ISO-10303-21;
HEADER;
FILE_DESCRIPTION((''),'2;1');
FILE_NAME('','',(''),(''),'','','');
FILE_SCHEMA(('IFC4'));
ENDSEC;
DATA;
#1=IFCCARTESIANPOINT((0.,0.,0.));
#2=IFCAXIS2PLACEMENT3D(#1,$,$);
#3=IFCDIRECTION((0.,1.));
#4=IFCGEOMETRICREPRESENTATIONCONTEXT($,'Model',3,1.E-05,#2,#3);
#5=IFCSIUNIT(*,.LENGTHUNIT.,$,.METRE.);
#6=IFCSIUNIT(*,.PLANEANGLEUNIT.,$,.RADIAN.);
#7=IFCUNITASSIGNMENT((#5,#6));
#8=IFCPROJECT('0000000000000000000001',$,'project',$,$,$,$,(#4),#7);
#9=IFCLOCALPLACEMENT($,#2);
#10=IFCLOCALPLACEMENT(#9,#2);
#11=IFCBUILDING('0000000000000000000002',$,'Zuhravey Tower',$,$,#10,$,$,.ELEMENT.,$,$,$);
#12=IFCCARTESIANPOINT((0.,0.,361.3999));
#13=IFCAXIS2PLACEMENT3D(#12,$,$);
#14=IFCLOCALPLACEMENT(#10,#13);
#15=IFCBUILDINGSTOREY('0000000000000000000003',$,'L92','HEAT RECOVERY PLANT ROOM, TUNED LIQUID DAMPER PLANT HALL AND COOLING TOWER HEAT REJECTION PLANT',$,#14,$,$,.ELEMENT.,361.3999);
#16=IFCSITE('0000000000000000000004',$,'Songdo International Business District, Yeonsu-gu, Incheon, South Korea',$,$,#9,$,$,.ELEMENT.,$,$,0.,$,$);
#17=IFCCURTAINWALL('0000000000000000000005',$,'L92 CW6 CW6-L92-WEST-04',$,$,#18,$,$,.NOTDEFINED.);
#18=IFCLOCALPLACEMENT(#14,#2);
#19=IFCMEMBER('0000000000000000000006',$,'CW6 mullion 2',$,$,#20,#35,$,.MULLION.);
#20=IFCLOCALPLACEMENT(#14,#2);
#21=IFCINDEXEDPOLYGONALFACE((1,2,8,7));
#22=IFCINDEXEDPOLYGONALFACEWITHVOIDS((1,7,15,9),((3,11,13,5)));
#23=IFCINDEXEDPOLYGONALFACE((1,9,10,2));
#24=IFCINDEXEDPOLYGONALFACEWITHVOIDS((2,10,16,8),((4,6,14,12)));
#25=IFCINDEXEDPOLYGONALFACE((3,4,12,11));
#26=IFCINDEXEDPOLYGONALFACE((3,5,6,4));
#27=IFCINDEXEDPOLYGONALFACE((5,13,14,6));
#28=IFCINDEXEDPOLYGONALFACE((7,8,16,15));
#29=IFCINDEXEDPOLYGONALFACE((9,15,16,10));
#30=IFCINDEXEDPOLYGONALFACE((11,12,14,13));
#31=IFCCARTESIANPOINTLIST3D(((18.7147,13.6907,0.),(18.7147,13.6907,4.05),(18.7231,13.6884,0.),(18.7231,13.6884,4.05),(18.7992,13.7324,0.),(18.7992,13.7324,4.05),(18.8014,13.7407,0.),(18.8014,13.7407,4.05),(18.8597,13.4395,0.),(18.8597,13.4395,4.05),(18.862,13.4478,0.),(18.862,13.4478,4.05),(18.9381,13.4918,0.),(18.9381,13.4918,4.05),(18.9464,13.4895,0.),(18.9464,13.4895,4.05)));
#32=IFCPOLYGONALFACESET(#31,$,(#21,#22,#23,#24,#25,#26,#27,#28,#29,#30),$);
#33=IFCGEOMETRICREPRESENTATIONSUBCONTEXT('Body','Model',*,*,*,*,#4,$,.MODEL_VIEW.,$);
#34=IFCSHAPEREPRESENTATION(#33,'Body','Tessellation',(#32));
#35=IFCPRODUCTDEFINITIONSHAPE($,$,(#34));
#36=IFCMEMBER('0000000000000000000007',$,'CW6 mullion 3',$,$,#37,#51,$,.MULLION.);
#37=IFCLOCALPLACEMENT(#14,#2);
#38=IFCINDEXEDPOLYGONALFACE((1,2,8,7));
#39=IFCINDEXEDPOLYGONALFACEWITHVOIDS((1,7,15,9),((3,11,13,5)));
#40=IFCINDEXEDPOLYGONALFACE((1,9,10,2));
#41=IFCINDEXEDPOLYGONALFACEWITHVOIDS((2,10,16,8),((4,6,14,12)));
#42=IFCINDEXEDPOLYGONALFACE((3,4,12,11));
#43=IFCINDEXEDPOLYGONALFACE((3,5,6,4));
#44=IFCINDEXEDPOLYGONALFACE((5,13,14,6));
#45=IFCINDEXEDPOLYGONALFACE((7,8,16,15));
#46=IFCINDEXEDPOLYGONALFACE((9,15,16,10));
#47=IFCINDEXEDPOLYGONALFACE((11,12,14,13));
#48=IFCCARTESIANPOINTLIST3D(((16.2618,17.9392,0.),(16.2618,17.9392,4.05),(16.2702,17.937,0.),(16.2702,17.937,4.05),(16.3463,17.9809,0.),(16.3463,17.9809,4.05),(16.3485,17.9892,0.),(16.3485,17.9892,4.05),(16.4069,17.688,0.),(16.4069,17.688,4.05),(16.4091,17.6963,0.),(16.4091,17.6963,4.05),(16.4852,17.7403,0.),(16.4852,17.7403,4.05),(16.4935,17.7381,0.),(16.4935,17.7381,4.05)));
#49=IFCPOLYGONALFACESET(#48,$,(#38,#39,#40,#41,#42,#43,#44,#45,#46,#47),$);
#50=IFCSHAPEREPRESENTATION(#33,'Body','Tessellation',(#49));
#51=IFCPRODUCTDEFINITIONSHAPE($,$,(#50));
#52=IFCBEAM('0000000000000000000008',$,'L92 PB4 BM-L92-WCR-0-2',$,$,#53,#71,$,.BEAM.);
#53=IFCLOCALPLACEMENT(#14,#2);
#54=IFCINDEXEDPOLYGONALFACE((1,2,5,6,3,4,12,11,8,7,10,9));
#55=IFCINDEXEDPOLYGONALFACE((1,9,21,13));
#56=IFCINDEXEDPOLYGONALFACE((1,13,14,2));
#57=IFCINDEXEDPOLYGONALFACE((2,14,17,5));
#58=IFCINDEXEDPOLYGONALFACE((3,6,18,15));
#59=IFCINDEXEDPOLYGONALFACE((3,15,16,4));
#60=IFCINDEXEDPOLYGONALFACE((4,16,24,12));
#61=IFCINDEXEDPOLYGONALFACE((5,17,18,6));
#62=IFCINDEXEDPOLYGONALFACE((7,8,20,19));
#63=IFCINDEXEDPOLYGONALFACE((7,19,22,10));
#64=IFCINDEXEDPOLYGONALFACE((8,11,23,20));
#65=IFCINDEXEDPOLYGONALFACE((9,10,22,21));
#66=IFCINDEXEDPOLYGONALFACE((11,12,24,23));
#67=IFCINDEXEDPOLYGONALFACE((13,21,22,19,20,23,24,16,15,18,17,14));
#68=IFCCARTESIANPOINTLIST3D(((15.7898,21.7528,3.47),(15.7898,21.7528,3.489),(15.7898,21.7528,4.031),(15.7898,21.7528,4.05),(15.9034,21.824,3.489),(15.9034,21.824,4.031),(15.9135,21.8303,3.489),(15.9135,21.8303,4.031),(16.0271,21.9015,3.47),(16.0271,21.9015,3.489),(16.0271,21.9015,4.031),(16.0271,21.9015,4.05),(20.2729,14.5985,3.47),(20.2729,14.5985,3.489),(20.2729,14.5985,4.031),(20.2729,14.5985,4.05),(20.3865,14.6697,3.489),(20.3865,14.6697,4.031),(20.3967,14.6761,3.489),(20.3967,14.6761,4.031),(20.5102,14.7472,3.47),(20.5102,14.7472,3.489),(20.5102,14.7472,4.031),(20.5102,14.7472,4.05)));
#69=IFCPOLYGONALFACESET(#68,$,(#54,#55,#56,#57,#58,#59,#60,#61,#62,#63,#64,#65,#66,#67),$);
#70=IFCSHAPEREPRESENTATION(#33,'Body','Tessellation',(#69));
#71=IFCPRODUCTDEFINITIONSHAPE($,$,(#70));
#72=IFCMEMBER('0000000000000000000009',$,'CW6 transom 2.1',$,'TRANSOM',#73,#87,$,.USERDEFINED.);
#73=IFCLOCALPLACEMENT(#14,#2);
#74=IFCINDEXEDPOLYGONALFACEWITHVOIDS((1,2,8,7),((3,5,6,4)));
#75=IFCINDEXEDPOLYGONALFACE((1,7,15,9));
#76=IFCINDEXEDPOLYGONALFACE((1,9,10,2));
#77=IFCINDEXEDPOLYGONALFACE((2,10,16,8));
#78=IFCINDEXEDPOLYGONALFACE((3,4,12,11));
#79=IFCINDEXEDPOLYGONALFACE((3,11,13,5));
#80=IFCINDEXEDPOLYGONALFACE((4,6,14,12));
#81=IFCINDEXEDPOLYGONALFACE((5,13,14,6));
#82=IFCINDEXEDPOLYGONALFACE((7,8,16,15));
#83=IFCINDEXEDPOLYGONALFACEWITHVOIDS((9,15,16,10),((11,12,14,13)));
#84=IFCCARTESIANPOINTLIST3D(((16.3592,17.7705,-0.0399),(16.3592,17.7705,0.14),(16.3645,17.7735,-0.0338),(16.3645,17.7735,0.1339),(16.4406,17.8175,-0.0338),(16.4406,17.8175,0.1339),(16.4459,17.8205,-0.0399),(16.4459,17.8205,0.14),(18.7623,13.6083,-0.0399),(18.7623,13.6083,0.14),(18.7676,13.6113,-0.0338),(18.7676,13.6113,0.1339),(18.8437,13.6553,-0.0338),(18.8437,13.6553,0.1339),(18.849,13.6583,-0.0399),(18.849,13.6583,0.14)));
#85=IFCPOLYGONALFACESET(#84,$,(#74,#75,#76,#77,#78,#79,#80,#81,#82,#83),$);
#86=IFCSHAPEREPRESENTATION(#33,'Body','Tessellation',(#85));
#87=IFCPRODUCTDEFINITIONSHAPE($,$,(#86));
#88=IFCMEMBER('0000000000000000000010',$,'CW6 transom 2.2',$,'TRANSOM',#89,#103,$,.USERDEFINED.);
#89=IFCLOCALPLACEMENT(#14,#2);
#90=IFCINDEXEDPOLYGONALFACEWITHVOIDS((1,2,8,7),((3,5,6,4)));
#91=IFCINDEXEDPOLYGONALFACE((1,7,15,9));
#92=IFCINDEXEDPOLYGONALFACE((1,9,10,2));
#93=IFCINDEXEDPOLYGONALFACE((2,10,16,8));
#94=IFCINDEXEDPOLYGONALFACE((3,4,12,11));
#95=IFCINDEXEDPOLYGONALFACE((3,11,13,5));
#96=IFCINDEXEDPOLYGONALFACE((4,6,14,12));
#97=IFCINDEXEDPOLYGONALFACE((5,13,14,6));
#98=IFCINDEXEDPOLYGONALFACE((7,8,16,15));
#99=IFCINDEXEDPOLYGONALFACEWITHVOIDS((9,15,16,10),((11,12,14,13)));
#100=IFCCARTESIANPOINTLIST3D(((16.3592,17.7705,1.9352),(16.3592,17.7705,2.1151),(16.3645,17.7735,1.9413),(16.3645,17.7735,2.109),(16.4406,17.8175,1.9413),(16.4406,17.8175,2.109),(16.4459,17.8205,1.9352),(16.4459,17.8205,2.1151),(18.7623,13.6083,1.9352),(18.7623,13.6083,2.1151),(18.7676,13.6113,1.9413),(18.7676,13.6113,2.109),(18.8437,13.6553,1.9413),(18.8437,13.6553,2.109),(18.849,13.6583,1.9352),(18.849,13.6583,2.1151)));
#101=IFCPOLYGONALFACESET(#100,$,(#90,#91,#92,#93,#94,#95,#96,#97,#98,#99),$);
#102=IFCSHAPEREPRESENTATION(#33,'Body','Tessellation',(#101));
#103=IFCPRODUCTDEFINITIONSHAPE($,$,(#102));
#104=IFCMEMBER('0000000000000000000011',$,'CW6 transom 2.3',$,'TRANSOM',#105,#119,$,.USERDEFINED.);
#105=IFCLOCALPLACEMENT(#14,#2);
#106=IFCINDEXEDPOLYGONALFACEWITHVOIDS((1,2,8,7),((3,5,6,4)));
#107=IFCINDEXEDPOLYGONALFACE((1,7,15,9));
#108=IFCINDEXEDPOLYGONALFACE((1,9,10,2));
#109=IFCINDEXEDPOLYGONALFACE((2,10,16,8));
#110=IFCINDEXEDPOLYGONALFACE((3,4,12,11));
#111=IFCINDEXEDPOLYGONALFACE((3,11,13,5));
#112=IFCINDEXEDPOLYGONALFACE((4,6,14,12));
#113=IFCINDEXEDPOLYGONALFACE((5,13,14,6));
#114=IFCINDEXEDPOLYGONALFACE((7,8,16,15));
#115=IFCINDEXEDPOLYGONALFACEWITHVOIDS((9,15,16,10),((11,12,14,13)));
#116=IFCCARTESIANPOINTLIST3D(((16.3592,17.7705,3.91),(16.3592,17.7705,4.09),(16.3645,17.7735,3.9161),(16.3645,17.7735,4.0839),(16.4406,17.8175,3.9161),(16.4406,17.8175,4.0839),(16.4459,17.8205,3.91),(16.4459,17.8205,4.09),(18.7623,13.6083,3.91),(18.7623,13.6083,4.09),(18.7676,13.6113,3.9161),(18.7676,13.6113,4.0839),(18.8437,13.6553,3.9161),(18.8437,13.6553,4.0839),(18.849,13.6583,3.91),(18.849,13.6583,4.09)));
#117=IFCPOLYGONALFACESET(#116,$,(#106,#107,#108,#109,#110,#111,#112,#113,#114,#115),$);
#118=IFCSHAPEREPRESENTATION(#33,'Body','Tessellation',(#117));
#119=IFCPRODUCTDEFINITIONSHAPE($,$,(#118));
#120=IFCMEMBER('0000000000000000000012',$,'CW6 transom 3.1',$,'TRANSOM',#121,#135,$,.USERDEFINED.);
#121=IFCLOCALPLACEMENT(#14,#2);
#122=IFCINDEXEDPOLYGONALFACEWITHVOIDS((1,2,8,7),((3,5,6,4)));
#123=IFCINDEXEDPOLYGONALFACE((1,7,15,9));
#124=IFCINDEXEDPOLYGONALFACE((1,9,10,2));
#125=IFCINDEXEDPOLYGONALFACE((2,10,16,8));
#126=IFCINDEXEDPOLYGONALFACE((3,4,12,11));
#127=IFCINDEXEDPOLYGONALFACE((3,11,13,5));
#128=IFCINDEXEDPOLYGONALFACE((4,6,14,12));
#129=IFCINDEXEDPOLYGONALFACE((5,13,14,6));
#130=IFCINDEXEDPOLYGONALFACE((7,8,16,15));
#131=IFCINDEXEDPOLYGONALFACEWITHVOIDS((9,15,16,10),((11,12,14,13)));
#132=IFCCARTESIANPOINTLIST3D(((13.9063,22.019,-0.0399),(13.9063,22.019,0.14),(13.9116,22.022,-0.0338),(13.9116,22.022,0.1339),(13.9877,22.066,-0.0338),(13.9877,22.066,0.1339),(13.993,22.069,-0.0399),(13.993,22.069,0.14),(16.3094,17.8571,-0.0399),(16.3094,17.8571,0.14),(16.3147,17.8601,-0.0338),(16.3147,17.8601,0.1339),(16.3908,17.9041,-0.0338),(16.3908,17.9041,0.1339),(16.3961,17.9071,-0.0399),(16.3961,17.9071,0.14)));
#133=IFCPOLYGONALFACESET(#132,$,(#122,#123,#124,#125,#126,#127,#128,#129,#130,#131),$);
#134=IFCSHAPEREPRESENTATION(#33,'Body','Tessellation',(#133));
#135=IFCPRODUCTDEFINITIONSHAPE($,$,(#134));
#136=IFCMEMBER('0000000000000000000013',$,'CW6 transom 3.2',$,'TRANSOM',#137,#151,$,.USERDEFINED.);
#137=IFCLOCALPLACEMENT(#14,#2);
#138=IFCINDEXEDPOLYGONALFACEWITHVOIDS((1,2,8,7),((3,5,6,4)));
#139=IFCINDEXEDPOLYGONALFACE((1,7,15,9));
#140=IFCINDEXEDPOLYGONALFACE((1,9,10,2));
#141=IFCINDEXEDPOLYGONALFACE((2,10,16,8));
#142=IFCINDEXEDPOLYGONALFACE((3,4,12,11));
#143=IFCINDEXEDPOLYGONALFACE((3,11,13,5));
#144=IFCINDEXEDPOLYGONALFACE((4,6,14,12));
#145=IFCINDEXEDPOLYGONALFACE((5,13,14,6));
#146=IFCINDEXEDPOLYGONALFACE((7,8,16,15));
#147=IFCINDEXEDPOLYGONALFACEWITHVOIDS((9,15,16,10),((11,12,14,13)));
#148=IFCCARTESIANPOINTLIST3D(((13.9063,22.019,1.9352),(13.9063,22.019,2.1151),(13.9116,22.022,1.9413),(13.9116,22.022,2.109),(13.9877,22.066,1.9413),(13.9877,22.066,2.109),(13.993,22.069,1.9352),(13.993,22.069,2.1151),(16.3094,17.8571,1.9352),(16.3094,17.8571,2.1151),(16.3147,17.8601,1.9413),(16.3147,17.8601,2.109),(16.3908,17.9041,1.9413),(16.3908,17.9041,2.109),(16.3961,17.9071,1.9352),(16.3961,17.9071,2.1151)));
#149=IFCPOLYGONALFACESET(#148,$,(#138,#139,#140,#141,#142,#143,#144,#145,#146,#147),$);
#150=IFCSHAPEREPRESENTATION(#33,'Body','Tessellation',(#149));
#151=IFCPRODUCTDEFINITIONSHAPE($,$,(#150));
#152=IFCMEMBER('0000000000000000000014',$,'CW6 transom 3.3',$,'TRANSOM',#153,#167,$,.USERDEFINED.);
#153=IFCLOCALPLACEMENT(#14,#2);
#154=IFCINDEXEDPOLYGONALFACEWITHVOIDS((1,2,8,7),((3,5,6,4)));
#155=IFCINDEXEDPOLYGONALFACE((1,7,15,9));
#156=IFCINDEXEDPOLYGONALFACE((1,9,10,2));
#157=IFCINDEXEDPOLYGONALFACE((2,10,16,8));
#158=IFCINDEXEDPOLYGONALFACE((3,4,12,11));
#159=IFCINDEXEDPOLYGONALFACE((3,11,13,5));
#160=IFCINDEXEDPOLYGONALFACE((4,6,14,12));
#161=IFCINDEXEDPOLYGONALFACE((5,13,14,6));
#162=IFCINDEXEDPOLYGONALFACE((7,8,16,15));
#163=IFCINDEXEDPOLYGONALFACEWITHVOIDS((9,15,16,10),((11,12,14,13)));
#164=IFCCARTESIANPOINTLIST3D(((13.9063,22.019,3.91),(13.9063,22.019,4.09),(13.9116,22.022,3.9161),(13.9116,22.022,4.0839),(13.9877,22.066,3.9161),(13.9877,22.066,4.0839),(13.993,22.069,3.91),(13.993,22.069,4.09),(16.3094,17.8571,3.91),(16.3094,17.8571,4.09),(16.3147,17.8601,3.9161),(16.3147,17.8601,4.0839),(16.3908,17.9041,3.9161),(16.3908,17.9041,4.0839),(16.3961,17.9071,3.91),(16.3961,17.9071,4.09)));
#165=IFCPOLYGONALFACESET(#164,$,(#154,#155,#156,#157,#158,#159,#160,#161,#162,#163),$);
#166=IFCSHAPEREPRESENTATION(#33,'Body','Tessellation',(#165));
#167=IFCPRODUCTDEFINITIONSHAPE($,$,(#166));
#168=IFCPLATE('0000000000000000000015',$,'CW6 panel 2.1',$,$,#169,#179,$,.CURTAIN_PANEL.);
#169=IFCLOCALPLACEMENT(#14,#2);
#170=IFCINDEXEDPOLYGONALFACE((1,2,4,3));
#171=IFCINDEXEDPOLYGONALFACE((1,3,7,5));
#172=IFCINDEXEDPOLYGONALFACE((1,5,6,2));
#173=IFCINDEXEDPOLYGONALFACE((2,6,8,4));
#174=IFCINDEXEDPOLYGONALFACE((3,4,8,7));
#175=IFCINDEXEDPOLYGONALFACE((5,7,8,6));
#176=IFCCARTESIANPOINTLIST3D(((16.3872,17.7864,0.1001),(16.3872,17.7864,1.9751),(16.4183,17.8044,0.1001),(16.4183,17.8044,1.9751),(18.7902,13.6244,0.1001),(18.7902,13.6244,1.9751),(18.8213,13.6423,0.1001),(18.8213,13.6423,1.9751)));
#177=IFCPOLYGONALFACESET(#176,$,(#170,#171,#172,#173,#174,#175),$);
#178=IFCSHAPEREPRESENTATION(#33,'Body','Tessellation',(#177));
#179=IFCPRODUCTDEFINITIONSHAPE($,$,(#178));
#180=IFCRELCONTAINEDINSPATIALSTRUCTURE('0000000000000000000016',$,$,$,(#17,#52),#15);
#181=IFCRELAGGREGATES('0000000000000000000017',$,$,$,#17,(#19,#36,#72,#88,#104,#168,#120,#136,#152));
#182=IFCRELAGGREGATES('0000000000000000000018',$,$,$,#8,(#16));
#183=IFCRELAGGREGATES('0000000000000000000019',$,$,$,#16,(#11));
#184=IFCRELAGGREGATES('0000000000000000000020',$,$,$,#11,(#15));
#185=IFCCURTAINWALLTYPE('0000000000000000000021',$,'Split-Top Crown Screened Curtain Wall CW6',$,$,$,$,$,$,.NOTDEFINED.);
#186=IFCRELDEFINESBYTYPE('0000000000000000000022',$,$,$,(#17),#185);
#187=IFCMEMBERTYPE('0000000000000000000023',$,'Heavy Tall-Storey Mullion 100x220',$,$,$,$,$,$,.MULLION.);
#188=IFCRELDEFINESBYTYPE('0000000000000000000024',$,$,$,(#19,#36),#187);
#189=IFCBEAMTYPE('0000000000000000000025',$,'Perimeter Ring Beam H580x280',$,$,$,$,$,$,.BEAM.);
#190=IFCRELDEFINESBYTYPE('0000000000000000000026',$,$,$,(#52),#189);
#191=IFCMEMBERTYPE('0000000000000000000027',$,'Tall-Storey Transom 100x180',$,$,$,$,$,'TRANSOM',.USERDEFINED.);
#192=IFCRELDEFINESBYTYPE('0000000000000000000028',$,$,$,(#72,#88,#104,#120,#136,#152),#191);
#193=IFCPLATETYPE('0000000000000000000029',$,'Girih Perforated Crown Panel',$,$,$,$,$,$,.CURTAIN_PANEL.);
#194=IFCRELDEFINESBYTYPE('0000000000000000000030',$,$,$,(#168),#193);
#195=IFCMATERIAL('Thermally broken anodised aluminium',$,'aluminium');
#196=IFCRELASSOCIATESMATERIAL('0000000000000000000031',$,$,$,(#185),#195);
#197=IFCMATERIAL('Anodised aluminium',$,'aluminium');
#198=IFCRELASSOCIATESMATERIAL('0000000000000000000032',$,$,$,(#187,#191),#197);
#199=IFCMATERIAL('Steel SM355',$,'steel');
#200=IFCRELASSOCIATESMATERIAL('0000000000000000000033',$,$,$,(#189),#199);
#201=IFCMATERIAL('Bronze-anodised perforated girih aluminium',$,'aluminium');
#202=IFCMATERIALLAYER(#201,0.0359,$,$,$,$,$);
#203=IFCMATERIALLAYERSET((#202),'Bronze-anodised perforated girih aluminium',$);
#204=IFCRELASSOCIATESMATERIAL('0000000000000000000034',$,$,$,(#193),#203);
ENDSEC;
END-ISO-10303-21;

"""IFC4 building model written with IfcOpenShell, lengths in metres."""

from ifc_helpers import new_model, si_unit, direction, frame, origin, origin_2d, place, context, subcontext, project, spatial, rectangle, hollow_rectangle, i_section, extrude, material, layer, layer_set, material_profile, profile_set, type_object, element, aggregate, save


model = new_model("IFC4")

# Units and contexts
model_context = context("Model", 3, precision=1e-05, world=origin(), true_north=direction((0.0, 1.0)))
body_context = subcontext(model_context, "Body", "Model", "MODEL_VIEW")
ifc_project = project(units=[si_unit("LENGTHUNIT", "METRE"), si_unit("PLANEANGLEUNIT", "RADIAN")], contexts=[model_context])

# Site, building, storey
site_placement = place(None, origin())
site = spatial("IfcSite", under=ifc_project, at=site_placement, Name="Songdo International Business District, Yeonsu-gu, Incheon, South Korea", CompositionType="ELEMENT", RefElevation=0.0)
building_placement = place(site_placement, origin())
building = spatial("IfcBuilding", under=site, at=building_placement, Name="Zuhravey Tower", CompositionType="ELEMENT")
storey_placement = place(building_placement, frame((0.0, 0.0, 361.3999)))
storey = spatial("IfcBuildingStorey", under=building, at=storey_placement, Name="L92", Description="HEAT RECOVERY PLANT ROOM, TUNED LIQUID DAMPER PLANT HALL AND COOLING TOWER HEAT REJECTION PLANT", CompositionType="ELEMENT", Elevation=361.3999)

# Curtain wall, members
ifc_material_1 = material(Name="Thermally broken anodised aluminium", Category="aluminium")
curtain_wall_type = type_object("IfcCurtainWallType", Name="Split-Top Crown Screened Curtain Wall CW6", PredefinedType="NOTDEFINED", material=ifc_material_1)
curtain_wall_placement = place(storey_placement, origin())
curtain_wall = element("IfcCurtainWall", 1, at=curtain_wall_placement, inside=storey, type_object=curtain_wall_type, Name="L92 CW6 CW6-L92-WEST-04", PredefinedType="NOTDEFINED")
ifc_material_2 = material(Name="Anodised aluminium", Category="aluminium")
ifc_material_profile_1 = material_profile(ifc_material_2, hollow_rectangle(XDim=0.1001, YDim=0.29, WallThickness=0.0061, at=origin_2d()), Name="ALU-RHS-100x290x6")
ifc_profile_set_1 = profile_set([ifc_material_profile_1], Name="Anodised aluminium")
member_type_1 = type_object("IfcMemberType", Name="Heavy Tall-Storey Mullion 100x220", PredefinedType="MULLION", material=ifc_profile_set_1)
member_1_placement = place(storey_placement, frame((18.8306, 13.5901, 0.0), z_axis=(0.0, 0.0, 1.0), x_axis=(-0.866027, -0.499997, 0.0)))
member_1 = element("IfcMember", 2, at=member_1_placement, type_object=member_type_1, Name="CW6 mullion 2", PredefinedType="MULLION", context=body_context, shape_type="SweptSolid", body=[
    extrude(hollow_rectangle(XDim=0.1001, YDim=0.29, WallThickness=0.0061, at=origin_2d()), origin(), (0.0, 0.0, 1.0), 4.05),
])
member_2_placement = place(storey_placement, frame((16.3777, 17.8386, 0.0), z_axis=(0.0, 0.0, 1.0), x_axis=(-0.866027, -0.499997, 0.0)))
member_2 = element("IfcMember", 3, at=member_2_placement, type_object=member_type_1, Name="CW6 mullion 3", PredefinedType="MULLION", context=body_context, shape_type="SweptSolid", body=[
    extrude(hollow_rectangle(XDim=0.1001, YDim=0.29, WallThickness=0.0061, at=origin_2d()), origin(), (0.0, 0.0, 1.0), 4.05),
])

# Beam
ifc_material_3 = material(Name="Steel SM355", Category="steel")
ifc_material_profile_2 = material_profile(ifc_material_3, i_section(OverallWidth=0.28, OverallDepth=0.5801, WebThickness=0.012, FlangeThickness=0.019, at=origin_2d()), Name="H-580x280x12x19")
ifc_profile_set_2 = profile_set([ifc_material_profile_2], Name="Steel SM355")
beam_type = type_object("IfcBeamType", Name="Perimeter Ring Beam H580x280", PredefinedType="BEAM", material=ifc_profile_set_2)
beam_placement = place(storey_placement, frame((15.9084, 21.8271, 3.76), z_axis=(0.530997, -0.847374, 0.0), x_axis=(0.847374, 0.530997, 0.0)))
element("IfcBeam", 4, at=beam_placement, inside=storey, type_object=beam_type, Name="L92 PB4 BM-L92-WCR-0-2", PredefinedType="BEAM", context=body_context, shape_type="SweptSolid", body=[
    extrude(i_section(OverallWidth=0.28, OverallDepth=0.5801, WebThickness=0.012, FlangeThickness=0.019, at=origin_2d()), origin(), (0.0, 0.0, 1.0), 8.4429),
])

# Members
ifc_material_profile_3 = material_profile(ifc_material_2, hollow_rectangle(XDim=0.1001, YDim=0.1799, WallThickness=0.0061, at=origin_2d()), Name="ALU-RHS-100x180x6")
ifc_profile_set_3 = profile_set([ifc_material_profile_3], Name="Anodised aluminium")
member_type_2 = type_object("IfcMemberType", Name="Tall-Storey Transom 100x180", ElementType="TRANSOM", PredefinedType="USERDEFINED", material=ifc_profile_set_3)
member_3_placement = place(storey_placement, frame((18.8057, 13.6333, 0.05), z_axis=(-0.500013, 0.866018, 0.0), x_axis=(-0.866018, -0.500013, 0.0)))
member_3 = element("IfcMember", 5, at=member_3_placement, type_object=member_type_2, Name="CW6 transom 2.1", ObjectType="TRANSOM", PredefinedType="USERDEFINED", context=body_context, shape_type="SweptSolid", body=[
    extrude(hollow_rectangle(XDim=0.1001, YDim=0.1799, WallThickness=0.0061, at=origin_2d()), origin(), (0.0, 0.0, 1.0), 4.8062),
])
member_4_placement = place(storey_placement, frame((18.8057, 13.6333, 2.0251), z_axis=(-0.500013, 0.866018, 0.0), x_axis=(-0.866018, -0.500013, 0.0)))
member_4 = element("IfcMember", 6, at=member_4_placement, type_object=member_type_2, Name="CW6 transom 2.2", ObjectType="TRANSOM", PredefinedType="USERDEFINED", context=body_context, shape_type="SweptSolid", body=[
    extrude(hollow_rectangle(XDim=0.1001, YDim=0.1799, WallThickness=0.0061, at=origin_2d()), origin(), (0.0, 0.0, 1.0), 4.8062),
])
member_5_placement = place(storey_placement, frame((18.8057, 13.6333, 4.0), z_axis=(-0.500013, 0.866018, 0.0), x_axis=(-0.866018, -0.500013, 0.0)))
member_5 = element("IfcMember", 7, at=member_5_placement, type_object=member_type_2, Name="CW6 transom 2.3", ObjectType="TRANSOM", PredefinedType="USERDEFINED", context=body_context, shape_type="SweptSolid", body=[
    extrude(hollow_rectangle(XDim=0.1001, YDim=0.1799, WallThickness=0.0061, at=origin_2d()), origin(), (0.0, 0.0, 1.0), 4.8062),
])
member_6_placement = place(storey_placement, frame((16.3528, 17.8821, 0.05), z_axis=(-0.500035, 0.866005, 0.0), x_axis=(-0.866005, -0.500035, 0.0)))
member_6 = element("IfcMember", 8, at=member_6_placement, type_object=member_type_2, Name="CW6 transom 3.1", ObjectType="TRANSOM", PredefinedType="USERDEFINED", context=body_context, shape_type="SweptSolid", body=[
    extrude(hollow_rectangle(XDim=0.1001, YDim=0.1799, WallThickness=0.0061, at=origin_2d()), origin(), (0.0, 0.0, 1.0), 4.8059),
])
member_7_placement = place(storey_placement, frame((16.3528, 17.8821, 2.0251), z_axis=(-0.500035, 0.866005, 0.0), x_axis=(-0.866005, -0.500035, 0.0)))
member_7 = element("IfcMember", 9, at=member_7_placement, type_object=member_type_2, Name="CW6 transom 3.2", ObjectType="TRANSOM", PredefinedType="USERDEFINED", context=body_context, shape_type="SweptSolid", body=[
    extrude(hollow_rectangle(XDim=0.1001, YDim=0.1799, WallThickness=0.0061, at=origin_2d()), origin(), (0.0, 0.0, 1.0), 4.8059),
])
member_8_placement = place(storey_placement, frame((16.3528, 17.8821, 4.0), z_axis=(-0.500035, 0.866005, 0.0), x_axis=(-0.866005, -0.500035, 0.0)))
member_8 = element("IfcMember", 10, at=member_8_placement, type_object=member_type_2, Name="CW6 transom 3.3", ObjectType="TRANSOM", PredefinedType="USERDEFINED", context=body_context, shape_type="SweptSolid", body=[
    extrude(hollow_rectangle(XDim=0.1001, YDim=0.1799, WallThickness=0.0061, at=origin_2d()), origin(), (0.0, 0.0, 1.0), 4.8059),
])

# Plate
ifc_material_4 = material(Name="Bronze-anodised perforated girih aluminium", Category="aluminium")
ifc_layer_1 = layer(ifc_material_4, 0.0359)
ifc_layer_set_1 = layer_set([ifc_layer_1], Name="Bronze-anodised perforated girih aluminium")
plate_type = type_object("IfcPlateType", Name="Girih Perforated Crown Panel", PredefinedType="CURTAIN_PANEL", material=ifc_layer_set_1)
plate_1_placement = place(storey_placement, frame((17.6042, 15.7144, 0.1001), z_axis=(0.0, 0.0, 1.0), x_axis=(-0.499997, 0.866027, 0.0)))
plate_1 = element("IfcPlate", 11, at=plate_1_placement, type_object=plate_type, Name="CW6 panel 2.1", PredefinedType="CURTAIN_PANEL", context=body_context, shape_type="SweptSolid", body=[
    extrude(rectangle(XDim=4.8059, YDim=0.0359, at=origin_2d()), origin(), (0.0, 0.0, 1.0), 1.875),
])
aggregate(curtain_wall, [member_1, member_2, member_3, member_4, member_5, plate_1, member_6, member_7, member_8])

save(model, "model.ifc")
